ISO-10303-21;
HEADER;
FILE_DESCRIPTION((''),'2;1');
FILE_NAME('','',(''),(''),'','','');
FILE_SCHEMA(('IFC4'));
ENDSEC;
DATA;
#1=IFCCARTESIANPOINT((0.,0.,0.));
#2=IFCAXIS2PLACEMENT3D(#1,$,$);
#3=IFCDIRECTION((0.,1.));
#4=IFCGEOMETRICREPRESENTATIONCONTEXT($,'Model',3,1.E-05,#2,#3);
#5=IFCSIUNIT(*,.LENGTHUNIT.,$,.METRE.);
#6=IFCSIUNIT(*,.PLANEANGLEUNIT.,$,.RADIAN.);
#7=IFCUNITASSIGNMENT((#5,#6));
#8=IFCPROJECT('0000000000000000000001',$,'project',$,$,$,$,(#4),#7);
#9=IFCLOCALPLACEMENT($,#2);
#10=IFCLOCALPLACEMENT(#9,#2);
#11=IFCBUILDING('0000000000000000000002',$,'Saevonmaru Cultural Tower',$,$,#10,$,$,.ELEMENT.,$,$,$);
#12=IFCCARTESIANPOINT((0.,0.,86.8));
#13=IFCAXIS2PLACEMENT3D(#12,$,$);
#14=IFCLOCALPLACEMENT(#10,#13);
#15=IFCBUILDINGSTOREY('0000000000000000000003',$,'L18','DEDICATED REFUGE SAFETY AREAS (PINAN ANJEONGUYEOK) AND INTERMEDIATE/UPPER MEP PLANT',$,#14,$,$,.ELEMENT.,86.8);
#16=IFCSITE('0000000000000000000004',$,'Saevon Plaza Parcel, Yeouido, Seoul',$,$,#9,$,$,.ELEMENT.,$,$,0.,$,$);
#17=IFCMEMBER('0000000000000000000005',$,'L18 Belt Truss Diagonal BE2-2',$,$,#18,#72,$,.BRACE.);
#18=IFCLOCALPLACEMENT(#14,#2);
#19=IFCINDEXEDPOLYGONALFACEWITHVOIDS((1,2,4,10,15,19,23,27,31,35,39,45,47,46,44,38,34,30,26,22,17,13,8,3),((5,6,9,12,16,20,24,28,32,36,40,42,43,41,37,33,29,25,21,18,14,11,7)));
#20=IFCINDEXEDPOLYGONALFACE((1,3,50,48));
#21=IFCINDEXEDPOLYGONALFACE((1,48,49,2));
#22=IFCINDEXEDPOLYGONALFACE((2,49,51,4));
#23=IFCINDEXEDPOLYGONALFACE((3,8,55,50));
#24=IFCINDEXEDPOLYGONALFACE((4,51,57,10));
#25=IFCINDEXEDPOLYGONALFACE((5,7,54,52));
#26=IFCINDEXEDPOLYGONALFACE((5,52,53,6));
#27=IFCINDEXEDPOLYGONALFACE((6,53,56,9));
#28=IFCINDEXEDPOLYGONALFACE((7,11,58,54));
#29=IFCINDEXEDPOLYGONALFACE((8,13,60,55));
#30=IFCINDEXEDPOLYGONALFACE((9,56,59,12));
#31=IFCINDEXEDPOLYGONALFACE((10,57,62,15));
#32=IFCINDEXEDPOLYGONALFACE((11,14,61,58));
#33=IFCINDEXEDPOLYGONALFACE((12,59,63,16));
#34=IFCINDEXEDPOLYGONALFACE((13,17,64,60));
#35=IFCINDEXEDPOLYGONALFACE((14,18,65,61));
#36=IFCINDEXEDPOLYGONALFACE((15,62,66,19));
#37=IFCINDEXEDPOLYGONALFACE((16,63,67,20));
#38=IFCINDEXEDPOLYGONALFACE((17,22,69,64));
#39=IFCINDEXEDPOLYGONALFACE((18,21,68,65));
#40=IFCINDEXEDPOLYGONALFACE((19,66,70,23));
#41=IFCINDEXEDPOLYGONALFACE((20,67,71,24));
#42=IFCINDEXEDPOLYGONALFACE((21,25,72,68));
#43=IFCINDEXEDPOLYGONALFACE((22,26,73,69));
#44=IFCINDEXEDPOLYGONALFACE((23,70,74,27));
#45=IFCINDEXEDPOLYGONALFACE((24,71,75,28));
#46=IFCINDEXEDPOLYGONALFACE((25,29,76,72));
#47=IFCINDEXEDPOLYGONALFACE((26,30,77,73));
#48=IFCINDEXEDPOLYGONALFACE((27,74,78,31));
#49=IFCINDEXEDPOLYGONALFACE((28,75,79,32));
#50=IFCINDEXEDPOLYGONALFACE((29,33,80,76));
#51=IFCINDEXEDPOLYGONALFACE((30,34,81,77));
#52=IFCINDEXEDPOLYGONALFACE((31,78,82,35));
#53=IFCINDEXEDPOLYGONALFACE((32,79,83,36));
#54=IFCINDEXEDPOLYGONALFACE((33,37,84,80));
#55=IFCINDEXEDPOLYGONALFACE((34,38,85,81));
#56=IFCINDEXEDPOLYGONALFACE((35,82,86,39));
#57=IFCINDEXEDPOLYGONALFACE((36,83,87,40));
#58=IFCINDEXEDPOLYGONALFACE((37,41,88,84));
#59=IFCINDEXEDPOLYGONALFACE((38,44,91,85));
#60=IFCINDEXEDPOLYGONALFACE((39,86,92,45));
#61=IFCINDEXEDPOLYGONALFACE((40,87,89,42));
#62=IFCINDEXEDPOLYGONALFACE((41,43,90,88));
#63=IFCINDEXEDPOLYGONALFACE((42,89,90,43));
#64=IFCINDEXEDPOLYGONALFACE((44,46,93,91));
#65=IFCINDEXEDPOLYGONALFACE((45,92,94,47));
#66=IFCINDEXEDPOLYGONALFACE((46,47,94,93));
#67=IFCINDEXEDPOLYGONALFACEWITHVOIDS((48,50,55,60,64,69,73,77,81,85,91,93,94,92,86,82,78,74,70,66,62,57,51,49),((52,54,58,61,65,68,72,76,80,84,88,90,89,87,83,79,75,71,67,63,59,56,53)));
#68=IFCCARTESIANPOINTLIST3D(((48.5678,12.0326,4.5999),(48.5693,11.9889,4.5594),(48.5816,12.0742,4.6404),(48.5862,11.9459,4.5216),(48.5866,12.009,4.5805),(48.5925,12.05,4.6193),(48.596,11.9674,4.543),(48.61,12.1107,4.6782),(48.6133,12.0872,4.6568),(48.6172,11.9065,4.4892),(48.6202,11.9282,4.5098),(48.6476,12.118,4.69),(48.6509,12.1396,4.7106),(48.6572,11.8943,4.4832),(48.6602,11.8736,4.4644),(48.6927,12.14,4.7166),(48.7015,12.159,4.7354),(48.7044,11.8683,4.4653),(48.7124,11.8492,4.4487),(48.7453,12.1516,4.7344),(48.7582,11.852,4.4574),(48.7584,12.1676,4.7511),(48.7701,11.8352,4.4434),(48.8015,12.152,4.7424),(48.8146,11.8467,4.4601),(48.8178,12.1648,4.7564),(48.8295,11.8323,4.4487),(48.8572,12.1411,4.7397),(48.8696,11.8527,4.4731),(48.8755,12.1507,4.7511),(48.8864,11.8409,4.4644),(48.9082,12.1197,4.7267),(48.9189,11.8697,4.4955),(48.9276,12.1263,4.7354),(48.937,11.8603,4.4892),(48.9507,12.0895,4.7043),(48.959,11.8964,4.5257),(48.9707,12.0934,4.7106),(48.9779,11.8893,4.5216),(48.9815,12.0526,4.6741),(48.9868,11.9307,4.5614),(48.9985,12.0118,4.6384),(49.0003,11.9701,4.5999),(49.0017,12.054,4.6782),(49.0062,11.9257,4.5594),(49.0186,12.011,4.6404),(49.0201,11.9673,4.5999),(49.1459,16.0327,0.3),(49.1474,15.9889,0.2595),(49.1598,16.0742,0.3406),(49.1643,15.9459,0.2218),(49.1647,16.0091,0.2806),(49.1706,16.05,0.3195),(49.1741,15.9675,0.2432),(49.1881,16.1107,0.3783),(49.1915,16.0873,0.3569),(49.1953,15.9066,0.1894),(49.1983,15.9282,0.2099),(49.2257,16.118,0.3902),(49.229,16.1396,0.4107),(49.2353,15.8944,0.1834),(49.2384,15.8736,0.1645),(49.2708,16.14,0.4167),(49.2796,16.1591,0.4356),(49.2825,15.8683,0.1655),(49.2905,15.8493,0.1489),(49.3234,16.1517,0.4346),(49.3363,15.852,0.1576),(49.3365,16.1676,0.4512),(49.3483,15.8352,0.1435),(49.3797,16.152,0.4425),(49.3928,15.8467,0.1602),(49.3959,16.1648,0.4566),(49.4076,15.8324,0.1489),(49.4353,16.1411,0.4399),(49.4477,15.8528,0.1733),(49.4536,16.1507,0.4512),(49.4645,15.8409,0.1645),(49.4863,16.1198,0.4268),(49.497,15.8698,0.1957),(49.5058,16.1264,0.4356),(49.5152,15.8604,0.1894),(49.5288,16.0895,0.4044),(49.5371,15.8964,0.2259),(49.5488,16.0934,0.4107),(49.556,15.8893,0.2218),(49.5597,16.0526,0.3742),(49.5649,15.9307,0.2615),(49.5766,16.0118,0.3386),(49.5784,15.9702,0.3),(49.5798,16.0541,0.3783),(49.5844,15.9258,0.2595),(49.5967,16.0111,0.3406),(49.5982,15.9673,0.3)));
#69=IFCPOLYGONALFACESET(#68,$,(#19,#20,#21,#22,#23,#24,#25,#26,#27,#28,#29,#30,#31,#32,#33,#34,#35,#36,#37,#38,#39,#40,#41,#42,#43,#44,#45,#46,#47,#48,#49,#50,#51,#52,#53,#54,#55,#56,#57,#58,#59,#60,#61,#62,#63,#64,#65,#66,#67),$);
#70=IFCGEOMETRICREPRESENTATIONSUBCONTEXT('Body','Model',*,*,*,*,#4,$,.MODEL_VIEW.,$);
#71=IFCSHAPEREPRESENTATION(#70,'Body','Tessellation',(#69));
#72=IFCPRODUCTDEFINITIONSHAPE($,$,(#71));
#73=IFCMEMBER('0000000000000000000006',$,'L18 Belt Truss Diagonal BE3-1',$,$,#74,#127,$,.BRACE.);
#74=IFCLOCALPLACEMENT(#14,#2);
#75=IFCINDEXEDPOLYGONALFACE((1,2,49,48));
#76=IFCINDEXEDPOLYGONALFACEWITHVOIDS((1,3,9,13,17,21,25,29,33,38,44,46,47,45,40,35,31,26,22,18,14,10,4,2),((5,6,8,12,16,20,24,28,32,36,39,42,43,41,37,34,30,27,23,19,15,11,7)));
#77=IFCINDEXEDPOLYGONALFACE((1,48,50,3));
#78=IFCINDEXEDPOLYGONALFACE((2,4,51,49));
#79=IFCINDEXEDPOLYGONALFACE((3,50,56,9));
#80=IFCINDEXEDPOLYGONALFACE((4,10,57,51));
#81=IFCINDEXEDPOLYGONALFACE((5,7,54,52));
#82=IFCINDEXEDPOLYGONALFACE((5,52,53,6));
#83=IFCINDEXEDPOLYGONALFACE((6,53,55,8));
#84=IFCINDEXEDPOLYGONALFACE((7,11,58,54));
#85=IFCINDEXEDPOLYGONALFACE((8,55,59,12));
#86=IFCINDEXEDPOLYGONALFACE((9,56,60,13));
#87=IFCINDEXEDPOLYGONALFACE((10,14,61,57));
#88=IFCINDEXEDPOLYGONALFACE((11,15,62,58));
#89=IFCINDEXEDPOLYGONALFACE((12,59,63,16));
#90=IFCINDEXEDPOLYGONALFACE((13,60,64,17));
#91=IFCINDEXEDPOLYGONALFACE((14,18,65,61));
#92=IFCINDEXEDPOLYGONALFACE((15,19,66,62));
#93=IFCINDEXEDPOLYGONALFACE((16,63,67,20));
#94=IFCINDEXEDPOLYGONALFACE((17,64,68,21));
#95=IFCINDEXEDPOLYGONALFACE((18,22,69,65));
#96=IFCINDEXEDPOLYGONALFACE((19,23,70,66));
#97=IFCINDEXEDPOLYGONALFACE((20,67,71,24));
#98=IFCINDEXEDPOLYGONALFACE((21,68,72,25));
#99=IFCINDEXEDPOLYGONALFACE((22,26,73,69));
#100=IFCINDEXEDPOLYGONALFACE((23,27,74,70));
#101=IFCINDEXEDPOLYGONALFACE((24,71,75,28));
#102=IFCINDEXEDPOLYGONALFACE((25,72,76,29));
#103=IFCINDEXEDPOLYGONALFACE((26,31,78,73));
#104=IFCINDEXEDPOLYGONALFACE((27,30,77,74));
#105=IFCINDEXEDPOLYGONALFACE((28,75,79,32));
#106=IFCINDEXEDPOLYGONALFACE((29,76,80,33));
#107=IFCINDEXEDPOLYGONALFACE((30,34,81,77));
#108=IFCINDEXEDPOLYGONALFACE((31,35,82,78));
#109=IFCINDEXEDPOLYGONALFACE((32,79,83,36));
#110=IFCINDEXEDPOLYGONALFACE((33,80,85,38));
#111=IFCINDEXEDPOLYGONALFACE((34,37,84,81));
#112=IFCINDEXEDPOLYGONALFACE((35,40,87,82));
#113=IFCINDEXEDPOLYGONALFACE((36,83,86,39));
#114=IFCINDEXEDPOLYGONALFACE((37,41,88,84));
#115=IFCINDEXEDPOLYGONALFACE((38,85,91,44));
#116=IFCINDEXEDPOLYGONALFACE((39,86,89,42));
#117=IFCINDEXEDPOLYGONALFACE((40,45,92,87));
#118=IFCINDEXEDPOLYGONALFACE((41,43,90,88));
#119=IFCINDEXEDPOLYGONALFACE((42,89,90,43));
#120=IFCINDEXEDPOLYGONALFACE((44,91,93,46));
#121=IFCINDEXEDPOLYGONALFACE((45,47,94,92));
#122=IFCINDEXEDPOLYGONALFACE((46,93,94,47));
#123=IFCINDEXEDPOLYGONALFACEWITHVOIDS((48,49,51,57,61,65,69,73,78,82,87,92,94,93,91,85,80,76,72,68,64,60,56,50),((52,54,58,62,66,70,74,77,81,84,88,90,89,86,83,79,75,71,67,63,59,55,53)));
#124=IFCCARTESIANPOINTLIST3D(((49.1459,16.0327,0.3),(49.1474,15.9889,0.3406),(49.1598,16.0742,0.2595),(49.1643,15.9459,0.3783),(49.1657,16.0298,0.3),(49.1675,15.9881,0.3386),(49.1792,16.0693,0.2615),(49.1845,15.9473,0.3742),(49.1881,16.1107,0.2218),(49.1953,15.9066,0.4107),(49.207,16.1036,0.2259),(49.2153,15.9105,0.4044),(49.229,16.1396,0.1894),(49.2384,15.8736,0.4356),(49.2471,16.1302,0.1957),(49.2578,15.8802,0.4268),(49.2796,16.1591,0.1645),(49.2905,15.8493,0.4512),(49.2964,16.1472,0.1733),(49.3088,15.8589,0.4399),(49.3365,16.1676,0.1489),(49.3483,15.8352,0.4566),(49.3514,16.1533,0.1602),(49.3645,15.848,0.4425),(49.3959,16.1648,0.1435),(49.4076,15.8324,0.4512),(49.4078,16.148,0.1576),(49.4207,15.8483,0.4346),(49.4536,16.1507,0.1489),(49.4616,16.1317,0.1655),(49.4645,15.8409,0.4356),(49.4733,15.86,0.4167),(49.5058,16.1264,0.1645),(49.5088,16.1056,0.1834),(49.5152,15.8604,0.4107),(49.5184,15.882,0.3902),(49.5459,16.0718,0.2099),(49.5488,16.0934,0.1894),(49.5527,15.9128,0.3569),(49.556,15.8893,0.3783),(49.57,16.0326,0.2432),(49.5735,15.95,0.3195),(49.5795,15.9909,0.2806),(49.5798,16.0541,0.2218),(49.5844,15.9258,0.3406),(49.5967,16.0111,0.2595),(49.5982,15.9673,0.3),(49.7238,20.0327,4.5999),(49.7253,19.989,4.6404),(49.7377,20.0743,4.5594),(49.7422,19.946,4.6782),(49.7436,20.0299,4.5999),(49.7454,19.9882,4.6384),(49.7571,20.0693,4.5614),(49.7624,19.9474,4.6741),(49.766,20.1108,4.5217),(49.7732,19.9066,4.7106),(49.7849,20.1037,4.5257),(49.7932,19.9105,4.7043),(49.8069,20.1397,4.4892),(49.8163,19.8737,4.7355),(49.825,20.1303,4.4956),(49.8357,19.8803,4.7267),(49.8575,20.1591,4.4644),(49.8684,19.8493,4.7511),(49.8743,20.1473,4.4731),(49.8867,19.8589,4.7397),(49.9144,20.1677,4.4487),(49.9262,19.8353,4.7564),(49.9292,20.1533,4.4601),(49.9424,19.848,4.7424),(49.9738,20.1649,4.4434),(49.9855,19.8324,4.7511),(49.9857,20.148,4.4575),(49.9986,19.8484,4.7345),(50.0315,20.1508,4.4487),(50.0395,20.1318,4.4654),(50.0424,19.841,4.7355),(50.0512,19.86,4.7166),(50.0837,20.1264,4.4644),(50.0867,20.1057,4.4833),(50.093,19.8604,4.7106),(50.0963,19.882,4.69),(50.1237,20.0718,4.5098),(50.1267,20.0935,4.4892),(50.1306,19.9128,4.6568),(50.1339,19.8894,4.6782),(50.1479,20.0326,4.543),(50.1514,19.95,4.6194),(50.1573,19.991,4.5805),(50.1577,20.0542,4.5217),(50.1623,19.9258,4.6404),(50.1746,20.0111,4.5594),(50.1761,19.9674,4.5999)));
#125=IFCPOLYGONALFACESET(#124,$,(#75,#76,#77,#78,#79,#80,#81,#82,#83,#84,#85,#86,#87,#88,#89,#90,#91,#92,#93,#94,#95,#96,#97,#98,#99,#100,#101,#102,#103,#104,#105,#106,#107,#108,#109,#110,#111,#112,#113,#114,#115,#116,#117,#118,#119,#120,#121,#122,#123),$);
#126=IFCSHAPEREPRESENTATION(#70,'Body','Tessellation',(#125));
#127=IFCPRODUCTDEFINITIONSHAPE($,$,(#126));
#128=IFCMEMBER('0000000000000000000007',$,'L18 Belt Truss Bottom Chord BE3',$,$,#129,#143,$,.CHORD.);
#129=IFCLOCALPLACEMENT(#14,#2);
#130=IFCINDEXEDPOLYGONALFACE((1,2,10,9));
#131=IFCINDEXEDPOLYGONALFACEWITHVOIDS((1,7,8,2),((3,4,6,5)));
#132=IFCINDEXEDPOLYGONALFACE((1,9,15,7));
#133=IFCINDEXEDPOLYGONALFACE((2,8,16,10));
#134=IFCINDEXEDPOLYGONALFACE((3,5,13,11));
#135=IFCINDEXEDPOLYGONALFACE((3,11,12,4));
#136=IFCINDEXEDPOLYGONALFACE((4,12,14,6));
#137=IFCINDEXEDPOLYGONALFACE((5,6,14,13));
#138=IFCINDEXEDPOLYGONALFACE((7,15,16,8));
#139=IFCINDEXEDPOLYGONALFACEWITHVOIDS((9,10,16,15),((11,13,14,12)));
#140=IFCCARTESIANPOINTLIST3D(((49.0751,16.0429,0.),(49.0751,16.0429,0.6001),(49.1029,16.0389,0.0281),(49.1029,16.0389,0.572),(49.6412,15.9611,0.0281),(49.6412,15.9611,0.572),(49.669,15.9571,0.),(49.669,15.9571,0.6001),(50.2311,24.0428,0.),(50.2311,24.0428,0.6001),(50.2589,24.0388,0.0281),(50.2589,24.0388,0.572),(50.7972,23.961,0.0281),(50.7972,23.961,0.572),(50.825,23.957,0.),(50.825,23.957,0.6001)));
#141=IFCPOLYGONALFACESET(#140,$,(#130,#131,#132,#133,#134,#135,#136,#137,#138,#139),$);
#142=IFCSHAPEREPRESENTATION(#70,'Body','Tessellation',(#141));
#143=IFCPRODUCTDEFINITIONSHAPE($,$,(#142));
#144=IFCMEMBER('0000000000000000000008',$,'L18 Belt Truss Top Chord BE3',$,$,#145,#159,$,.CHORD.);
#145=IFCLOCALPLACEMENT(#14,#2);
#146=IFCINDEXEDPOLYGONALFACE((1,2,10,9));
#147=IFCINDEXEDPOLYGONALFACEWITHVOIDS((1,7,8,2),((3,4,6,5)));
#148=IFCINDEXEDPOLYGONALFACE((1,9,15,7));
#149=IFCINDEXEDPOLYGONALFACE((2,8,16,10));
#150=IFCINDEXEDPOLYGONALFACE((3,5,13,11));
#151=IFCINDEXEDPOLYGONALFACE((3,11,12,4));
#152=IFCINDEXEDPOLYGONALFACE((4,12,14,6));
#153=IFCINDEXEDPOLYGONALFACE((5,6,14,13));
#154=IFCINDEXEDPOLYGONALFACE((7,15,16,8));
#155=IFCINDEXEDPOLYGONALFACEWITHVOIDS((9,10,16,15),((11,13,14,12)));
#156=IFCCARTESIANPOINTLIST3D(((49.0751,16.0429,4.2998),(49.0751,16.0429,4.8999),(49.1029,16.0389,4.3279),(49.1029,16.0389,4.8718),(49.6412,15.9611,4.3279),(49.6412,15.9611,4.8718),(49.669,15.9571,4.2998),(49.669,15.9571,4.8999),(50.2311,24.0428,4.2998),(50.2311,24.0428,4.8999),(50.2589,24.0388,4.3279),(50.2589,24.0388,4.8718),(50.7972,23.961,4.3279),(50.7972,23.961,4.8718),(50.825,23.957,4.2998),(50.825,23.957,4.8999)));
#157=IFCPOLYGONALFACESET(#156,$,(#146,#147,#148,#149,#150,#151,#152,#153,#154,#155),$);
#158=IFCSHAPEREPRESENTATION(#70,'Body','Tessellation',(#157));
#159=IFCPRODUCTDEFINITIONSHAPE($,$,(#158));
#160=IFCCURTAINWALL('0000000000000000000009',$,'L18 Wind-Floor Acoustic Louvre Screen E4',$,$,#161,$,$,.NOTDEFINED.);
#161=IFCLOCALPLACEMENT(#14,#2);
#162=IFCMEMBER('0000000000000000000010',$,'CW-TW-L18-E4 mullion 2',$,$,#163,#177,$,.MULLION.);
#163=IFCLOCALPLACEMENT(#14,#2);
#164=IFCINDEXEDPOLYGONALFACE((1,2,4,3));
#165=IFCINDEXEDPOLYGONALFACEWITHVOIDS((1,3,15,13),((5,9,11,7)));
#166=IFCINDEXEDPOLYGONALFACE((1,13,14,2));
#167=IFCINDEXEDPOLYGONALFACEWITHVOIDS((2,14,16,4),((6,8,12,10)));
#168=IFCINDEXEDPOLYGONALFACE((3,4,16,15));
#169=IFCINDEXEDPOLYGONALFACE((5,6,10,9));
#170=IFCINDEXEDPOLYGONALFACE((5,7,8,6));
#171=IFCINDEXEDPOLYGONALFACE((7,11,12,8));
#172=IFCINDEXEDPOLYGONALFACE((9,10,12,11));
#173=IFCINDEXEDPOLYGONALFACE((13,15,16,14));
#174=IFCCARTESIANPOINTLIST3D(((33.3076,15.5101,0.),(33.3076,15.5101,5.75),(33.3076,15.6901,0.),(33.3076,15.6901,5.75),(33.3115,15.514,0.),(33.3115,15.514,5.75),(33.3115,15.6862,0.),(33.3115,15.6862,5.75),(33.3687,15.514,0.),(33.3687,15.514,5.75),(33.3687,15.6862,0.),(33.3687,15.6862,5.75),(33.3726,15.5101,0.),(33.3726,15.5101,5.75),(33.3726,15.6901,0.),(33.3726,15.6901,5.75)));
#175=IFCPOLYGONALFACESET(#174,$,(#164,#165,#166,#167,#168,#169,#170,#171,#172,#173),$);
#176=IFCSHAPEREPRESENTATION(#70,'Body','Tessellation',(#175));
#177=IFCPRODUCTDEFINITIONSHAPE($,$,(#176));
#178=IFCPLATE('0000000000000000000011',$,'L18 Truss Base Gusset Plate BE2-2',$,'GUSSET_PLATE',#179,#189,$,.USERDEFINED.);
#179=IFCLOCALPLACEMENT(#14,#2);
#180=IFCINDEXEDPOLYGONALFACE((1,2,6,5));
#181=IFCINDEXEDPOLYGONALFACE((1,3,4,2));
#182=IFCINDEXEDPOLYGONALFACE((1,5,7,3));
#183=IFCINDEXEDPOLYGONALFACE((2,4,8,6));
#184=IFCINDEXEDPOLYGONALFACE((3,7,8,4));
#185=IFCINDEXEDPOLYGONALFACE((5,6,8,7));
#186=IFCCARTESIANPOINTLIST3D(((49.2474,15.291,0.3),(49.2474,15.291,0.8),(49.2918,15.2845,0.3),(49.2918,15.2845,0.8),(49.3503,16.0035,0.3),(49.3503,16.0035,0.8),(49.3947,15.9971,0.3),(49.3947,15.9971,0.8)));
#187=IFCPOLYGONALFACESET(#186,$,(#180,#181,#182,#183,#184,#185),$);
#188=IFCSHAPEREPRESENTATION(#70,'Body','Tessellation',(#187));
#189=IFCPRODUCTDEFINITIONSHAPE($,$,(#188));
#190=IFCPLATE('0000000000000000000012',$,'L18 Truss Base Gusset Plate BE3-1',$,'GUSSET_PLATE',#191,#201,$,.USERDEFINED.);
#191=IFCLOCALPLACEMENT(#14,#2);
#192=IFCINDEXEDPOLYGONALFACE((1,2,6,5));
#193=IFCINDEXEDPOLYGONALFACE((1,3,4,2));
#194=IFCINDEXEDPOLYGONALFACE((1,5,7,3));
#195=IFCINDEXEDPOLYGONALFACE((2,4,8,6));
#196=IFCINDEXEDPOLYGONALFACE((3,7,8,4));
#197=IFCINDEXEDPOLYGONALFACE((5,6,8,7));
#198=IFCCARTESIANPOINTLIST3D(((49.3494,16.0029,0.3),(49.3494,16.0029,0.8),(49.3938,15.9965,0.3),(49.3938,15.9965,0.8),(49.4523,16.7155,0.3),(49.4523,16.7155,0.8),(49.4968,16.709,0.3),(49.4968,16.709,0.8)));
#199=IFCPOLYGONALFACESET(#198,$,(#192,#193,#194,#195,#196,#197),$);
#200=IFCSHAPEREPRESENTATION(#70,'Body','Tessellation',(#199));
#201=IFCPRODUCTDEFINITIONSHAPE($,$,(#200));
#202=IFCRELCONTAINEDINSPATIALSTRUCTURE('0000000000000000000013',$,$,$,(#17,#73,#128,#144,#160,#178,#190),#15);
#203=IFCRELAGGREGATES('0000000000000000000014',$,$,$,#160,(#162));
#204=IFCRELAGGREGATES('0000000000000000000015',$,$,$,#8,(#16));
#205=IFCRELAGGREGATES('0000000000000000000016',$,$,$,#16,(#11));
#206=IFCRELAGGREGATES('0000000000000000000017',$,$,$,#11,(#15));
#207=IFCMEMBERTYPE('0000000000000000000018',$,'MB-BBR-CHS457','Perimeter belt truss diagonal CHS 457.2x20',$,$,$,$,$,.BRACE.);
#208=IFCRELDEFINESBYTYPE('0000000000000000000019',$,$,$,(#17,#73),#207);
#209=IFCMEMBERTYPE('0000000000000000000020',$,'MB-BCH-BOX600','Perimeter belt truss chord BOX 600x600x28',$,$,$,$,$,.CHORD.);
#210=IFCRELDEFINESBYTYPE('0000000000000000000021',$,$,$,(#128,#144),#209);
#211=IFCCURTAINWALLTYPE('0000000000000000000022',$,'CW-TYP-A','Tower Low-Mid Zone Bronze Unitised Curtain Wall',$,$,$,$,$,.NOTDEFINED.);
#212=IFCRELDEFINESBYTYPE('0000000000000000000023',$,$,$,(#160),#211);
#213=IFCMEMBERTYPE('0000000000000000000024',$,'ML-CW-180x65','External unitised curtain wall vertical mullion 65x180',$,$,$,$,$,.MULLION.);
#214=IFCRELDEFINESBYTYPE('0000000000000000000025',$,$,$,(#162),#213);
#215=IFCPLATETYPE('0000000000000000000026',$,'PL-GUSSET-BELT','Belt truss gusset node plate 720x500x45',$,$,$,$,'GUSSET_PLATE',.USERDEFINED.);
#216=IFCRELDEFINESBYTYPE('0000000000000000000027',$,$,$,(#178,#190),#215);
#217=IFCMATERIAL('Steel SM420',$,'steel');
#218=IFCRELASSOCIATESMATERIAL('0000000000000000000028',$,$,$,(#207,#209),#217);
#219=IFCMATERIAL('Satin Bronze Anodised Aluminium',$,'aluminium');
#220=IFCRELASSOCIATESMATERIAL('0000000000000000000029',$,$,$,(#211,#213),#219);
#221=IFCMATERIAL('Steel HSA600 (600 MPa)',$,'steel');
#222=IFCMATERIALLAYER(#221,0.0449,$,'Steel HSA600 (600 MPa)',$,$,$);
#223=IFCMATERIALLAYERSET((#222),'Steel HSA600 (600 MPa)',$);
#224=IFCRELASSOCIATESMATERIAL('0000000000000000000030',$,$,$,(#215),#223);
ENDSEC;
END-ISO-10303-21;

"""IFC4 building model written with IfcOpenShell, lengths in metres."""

from ifc_helpers import new_model, si_unit, direction, frame, origin, origin_2d, place, context, subcontext, project, spatial, rectangle, hollow_rectangle, hollow_circle, extrude, material, layer, layer_set, material_profile, profile_set, type_object, element, aggregate, save


model = new_model("IFC4")

# Units and contexts
model_context = context("Model", 3, precision=1e-05, world=origin(), true_north=direction((0.0, 1.0)))
body_context = subcontext(model_context, "Body", "Model", "MODEL_VIEW")
ifc_project = project(units=[si_unit("LENGTHUNIT", "METRE"), si_unit("PLANEANGLEUNIT", "RADIAN")], contexts=[model_context])

# Site, building, storey
site_placement = place(None, origin())
site = spatial("IfcSite", under=ifc_project, at=site_placement, Name="Saevon Plaza Parcel, Yeouido, Seoul", CompositionType="ELEMENT", RefElevation=0.0)
building_placement = place(site_placement, origin())
building = spatial("IfcBuilding", under=site, at=building_placement, Name="Saevonmaru Cultural Tower", CompositionType="ELEMENT")
storey_placement = place(building_placement, frame((0.0, 0.0, 86.8)))
storey = spatial("IfcBuildingStorey", under=building, at=storey_placement, Name="L18", Description="DEDICATED REFUGE SAFETY AREAS (PINAN ANJEONGUYEOK) AND INTERMEDIATE/UPPER MEP PLANT", CompositionType="ELEMENT", Elevation=86.8)

# Shared definitions
ifc_material_1 = material(Name="Steel HSA600 (600 MPa)", Category="steel")
ifc_material_2 = material(Name="Steel SM420", Category="steel")

# Members
ifc_material_profile_1 = material_profile(ifc_material_2, hollow_circle(Radius=0.2285, WallThickness=0.02, at=origin_2d()), Name="CHS-457.2x20")
ifc_profile_set_1 = profile_set([ifc_material_profile_1], Name="Steel SM420")
member_type_1 = type_object("IfcMemberType", Name="MB-BBR-CHS457", Description="Perimeter belt truss diagonal CHS 457.2x20", PredefinedType="BRACE", material=ifc_profile_set_1)
for number, where, z_axis, x_axis, name in (
    (1, (49.3721, 16.0, 0.3), (-0.09797, -0.677844, 0.728649), (0.989716, -0.143045, 0.0), "L18 Belt Truss Diagonal BE2-2"),
    (2, (49.3721, 16.0, 0.3), (0.097929, 0.677847, 0.728652), (-0.989725, 0.142986, 0.0), "L18 Belt Truss Diagonal BE3-1"),
):
    element("IfcMember", number, at=place(storey_placement, frame(where, z_axis=z_axis, x_axis=x_axis)), inside=storey, type_object=member_type_1, Name=name, PredefinedType="BRACE", context=body_context, shape_type="SweptSolid", body=[
        extrude(hollow_circle(Radius=0.2285, WallThickness=0.02, at=origin_2d()), origin(), (0.0, 0.0, 1.0), 5.9011),
    ])
ifc_material_profile_2 = material_profile(ifc_material_2, hollow_rectangle(XDim=0.6001, YDim=0.6001, WallThickness=0.0281, at=origin_2d()), Name="BOX-600x600x28")
ifc_profile_set_2 = profile_set([ifc_material_profile_2], Name="Steel SM420")
member_type_2 = type_object("IfcMemberType", Name="MB-BCH-BOX600", Description="Perimeter belt truss chord BOX 600x600x28", PredefinedType="CHORD", material=ifc_profile_set_2)
for number, where, z_axis, x_axis, name in (
    (3, (49.3721, 16.0, 0.3), (0.143015, 0.98972, 0.0), (-0.98972, 0.143015, 0.0), "L18 Belt Truss Bottom Chord BE3"),
    (4, (49.3721, 16.0, 4.5999), (0.143015, 0.98972, 0.0), (-0.98972, 0.143015, 0.0), "L18 Belt Truss Top Chord BE3"),
):
    element("IfcMember", number, at=place(storey_placement, frame(where, z_axis=z_axis, x_axis=x_axis)), inside=storey, type_object=member_type_2, Name=name, PredefinedType="CHORD", context=body_context, shape_type="SweptSolid", body=[
        extrude(hollow_rectangle(XDim=0.6001, YDim=0.6001, WallThickness=0.0281, at=origin_2d()), origin(), (0.0, 0.0, 1.0), 8.083),
    ])

# Curtain wall, member
ifc_material_3 = material(Name="Satin Bronze Anodised Aluminium", Category="aluminium")
curtain_wall_type = type_object("IfcCurtainWallType", Name="CW-TYP-A", Description="Tower Low-Mid Zone Bronze Unitised Curtain Wall", PredefinedType="NOTDEFINED", material=ifc_material_3)
curtain_wall_placement = place(storey_placement, origin())
curtain_wall = element("IfcCurtainWall", 5, at=curtain_wall_placement, inside=storey, type_object=curtain_wall_type, Name="L18 Wind-Floor Acoustic Louvre Screen E4", PredefinedType="NOTDEFINED")
ifc_material_profile_3 = material_profile(ifc_material_3, hollow_rectangle(XDim=0.0649, YDim=0.1799, WallThickness=0.0039, at=origin_2d()), Name="ALU-MULL-180x65x4")
ifc_profile_set_3 = profile_set([ifc_material_profile_3], Name="Satin Bronze Anodised Aluminium")
member_type_3 = type_object("IfcMemberType", Name="ML-CW-180x65", Description="External unitised curtain wall vertical mullion 65x180", PredefinedType="MULLION", material=ifc_profile_set_3)
member_placement = place(storey_placement, frame((33.3401, 15.6001, 0.0), z_axis=(0.0, 0.0, 1.0), x_axis=(1.0, 0.0, 0.0)))
member = element("IfcMember", 6, at=member_placement, type_object=member_type_3, Name="CW-TW-L18-E4 mullion 2", PredefinedType="MULLION", context=body_context, shape_type="SweptSolid", body=[
    extrude(hollow_rectangle(XDim=0.0649, YDim=0.1799, WallThickness=0.0039, at=origin_2d()), origin(), (0.0, 0.0, 1.0), 5.75),
])

# Plates
ifc_layer_1 = layer(ifc_material_1, 0.0449, Name="Steel HSA600 (600 MPa)")
ifc_layer_set_1 = layer_set([ifc_layer_1], Name="Steel HSA600 (600 MPa)")
plate_type_1 = type_object("IfcPlateType", Name="PL-GUSSET-BELT", Description="Belt truss gusset node plate 720x500x45", ElementType="GUSSET_PLATE", PredefinedType="USERDEFINED", material=ifc_layer_set_1)
for number, where, z_axis, x_axis, name in (
    (7, (49.321, 15.644, 0.3), (0.0, 0.0, 1.0), (0.142888, 0.989739, 0.0), "L18 Truss Base Gusset Plate BE2-2"),
    (8, (49.4231, 16.356, 0.3), (0.0, 0.0, 1.0), (0.143009, 0.989721, 0.0), "L18 Truss Base Gusset Plate BE3-1"),
):
    element("IfcPlate", number, at=place(storey_placement, frame(where, z_axis=z_axis, x_axis=x_axis)), inside=storey, type_object=plate_type_1, Name=name, ObjectType="GUSSET_PLATE", PredefinedType="USERDEFINED", context=body_context, shape_type="SweptSolid", body=[
        extrude(rectangle(XDim=0.72, YDim=0.0449, at=origin_2d()), origin(), (0.0, 0.0, 1.0), 0.5),
    ])

aggregate(curtain_wall, [member])

save(model, "model.ifc")
